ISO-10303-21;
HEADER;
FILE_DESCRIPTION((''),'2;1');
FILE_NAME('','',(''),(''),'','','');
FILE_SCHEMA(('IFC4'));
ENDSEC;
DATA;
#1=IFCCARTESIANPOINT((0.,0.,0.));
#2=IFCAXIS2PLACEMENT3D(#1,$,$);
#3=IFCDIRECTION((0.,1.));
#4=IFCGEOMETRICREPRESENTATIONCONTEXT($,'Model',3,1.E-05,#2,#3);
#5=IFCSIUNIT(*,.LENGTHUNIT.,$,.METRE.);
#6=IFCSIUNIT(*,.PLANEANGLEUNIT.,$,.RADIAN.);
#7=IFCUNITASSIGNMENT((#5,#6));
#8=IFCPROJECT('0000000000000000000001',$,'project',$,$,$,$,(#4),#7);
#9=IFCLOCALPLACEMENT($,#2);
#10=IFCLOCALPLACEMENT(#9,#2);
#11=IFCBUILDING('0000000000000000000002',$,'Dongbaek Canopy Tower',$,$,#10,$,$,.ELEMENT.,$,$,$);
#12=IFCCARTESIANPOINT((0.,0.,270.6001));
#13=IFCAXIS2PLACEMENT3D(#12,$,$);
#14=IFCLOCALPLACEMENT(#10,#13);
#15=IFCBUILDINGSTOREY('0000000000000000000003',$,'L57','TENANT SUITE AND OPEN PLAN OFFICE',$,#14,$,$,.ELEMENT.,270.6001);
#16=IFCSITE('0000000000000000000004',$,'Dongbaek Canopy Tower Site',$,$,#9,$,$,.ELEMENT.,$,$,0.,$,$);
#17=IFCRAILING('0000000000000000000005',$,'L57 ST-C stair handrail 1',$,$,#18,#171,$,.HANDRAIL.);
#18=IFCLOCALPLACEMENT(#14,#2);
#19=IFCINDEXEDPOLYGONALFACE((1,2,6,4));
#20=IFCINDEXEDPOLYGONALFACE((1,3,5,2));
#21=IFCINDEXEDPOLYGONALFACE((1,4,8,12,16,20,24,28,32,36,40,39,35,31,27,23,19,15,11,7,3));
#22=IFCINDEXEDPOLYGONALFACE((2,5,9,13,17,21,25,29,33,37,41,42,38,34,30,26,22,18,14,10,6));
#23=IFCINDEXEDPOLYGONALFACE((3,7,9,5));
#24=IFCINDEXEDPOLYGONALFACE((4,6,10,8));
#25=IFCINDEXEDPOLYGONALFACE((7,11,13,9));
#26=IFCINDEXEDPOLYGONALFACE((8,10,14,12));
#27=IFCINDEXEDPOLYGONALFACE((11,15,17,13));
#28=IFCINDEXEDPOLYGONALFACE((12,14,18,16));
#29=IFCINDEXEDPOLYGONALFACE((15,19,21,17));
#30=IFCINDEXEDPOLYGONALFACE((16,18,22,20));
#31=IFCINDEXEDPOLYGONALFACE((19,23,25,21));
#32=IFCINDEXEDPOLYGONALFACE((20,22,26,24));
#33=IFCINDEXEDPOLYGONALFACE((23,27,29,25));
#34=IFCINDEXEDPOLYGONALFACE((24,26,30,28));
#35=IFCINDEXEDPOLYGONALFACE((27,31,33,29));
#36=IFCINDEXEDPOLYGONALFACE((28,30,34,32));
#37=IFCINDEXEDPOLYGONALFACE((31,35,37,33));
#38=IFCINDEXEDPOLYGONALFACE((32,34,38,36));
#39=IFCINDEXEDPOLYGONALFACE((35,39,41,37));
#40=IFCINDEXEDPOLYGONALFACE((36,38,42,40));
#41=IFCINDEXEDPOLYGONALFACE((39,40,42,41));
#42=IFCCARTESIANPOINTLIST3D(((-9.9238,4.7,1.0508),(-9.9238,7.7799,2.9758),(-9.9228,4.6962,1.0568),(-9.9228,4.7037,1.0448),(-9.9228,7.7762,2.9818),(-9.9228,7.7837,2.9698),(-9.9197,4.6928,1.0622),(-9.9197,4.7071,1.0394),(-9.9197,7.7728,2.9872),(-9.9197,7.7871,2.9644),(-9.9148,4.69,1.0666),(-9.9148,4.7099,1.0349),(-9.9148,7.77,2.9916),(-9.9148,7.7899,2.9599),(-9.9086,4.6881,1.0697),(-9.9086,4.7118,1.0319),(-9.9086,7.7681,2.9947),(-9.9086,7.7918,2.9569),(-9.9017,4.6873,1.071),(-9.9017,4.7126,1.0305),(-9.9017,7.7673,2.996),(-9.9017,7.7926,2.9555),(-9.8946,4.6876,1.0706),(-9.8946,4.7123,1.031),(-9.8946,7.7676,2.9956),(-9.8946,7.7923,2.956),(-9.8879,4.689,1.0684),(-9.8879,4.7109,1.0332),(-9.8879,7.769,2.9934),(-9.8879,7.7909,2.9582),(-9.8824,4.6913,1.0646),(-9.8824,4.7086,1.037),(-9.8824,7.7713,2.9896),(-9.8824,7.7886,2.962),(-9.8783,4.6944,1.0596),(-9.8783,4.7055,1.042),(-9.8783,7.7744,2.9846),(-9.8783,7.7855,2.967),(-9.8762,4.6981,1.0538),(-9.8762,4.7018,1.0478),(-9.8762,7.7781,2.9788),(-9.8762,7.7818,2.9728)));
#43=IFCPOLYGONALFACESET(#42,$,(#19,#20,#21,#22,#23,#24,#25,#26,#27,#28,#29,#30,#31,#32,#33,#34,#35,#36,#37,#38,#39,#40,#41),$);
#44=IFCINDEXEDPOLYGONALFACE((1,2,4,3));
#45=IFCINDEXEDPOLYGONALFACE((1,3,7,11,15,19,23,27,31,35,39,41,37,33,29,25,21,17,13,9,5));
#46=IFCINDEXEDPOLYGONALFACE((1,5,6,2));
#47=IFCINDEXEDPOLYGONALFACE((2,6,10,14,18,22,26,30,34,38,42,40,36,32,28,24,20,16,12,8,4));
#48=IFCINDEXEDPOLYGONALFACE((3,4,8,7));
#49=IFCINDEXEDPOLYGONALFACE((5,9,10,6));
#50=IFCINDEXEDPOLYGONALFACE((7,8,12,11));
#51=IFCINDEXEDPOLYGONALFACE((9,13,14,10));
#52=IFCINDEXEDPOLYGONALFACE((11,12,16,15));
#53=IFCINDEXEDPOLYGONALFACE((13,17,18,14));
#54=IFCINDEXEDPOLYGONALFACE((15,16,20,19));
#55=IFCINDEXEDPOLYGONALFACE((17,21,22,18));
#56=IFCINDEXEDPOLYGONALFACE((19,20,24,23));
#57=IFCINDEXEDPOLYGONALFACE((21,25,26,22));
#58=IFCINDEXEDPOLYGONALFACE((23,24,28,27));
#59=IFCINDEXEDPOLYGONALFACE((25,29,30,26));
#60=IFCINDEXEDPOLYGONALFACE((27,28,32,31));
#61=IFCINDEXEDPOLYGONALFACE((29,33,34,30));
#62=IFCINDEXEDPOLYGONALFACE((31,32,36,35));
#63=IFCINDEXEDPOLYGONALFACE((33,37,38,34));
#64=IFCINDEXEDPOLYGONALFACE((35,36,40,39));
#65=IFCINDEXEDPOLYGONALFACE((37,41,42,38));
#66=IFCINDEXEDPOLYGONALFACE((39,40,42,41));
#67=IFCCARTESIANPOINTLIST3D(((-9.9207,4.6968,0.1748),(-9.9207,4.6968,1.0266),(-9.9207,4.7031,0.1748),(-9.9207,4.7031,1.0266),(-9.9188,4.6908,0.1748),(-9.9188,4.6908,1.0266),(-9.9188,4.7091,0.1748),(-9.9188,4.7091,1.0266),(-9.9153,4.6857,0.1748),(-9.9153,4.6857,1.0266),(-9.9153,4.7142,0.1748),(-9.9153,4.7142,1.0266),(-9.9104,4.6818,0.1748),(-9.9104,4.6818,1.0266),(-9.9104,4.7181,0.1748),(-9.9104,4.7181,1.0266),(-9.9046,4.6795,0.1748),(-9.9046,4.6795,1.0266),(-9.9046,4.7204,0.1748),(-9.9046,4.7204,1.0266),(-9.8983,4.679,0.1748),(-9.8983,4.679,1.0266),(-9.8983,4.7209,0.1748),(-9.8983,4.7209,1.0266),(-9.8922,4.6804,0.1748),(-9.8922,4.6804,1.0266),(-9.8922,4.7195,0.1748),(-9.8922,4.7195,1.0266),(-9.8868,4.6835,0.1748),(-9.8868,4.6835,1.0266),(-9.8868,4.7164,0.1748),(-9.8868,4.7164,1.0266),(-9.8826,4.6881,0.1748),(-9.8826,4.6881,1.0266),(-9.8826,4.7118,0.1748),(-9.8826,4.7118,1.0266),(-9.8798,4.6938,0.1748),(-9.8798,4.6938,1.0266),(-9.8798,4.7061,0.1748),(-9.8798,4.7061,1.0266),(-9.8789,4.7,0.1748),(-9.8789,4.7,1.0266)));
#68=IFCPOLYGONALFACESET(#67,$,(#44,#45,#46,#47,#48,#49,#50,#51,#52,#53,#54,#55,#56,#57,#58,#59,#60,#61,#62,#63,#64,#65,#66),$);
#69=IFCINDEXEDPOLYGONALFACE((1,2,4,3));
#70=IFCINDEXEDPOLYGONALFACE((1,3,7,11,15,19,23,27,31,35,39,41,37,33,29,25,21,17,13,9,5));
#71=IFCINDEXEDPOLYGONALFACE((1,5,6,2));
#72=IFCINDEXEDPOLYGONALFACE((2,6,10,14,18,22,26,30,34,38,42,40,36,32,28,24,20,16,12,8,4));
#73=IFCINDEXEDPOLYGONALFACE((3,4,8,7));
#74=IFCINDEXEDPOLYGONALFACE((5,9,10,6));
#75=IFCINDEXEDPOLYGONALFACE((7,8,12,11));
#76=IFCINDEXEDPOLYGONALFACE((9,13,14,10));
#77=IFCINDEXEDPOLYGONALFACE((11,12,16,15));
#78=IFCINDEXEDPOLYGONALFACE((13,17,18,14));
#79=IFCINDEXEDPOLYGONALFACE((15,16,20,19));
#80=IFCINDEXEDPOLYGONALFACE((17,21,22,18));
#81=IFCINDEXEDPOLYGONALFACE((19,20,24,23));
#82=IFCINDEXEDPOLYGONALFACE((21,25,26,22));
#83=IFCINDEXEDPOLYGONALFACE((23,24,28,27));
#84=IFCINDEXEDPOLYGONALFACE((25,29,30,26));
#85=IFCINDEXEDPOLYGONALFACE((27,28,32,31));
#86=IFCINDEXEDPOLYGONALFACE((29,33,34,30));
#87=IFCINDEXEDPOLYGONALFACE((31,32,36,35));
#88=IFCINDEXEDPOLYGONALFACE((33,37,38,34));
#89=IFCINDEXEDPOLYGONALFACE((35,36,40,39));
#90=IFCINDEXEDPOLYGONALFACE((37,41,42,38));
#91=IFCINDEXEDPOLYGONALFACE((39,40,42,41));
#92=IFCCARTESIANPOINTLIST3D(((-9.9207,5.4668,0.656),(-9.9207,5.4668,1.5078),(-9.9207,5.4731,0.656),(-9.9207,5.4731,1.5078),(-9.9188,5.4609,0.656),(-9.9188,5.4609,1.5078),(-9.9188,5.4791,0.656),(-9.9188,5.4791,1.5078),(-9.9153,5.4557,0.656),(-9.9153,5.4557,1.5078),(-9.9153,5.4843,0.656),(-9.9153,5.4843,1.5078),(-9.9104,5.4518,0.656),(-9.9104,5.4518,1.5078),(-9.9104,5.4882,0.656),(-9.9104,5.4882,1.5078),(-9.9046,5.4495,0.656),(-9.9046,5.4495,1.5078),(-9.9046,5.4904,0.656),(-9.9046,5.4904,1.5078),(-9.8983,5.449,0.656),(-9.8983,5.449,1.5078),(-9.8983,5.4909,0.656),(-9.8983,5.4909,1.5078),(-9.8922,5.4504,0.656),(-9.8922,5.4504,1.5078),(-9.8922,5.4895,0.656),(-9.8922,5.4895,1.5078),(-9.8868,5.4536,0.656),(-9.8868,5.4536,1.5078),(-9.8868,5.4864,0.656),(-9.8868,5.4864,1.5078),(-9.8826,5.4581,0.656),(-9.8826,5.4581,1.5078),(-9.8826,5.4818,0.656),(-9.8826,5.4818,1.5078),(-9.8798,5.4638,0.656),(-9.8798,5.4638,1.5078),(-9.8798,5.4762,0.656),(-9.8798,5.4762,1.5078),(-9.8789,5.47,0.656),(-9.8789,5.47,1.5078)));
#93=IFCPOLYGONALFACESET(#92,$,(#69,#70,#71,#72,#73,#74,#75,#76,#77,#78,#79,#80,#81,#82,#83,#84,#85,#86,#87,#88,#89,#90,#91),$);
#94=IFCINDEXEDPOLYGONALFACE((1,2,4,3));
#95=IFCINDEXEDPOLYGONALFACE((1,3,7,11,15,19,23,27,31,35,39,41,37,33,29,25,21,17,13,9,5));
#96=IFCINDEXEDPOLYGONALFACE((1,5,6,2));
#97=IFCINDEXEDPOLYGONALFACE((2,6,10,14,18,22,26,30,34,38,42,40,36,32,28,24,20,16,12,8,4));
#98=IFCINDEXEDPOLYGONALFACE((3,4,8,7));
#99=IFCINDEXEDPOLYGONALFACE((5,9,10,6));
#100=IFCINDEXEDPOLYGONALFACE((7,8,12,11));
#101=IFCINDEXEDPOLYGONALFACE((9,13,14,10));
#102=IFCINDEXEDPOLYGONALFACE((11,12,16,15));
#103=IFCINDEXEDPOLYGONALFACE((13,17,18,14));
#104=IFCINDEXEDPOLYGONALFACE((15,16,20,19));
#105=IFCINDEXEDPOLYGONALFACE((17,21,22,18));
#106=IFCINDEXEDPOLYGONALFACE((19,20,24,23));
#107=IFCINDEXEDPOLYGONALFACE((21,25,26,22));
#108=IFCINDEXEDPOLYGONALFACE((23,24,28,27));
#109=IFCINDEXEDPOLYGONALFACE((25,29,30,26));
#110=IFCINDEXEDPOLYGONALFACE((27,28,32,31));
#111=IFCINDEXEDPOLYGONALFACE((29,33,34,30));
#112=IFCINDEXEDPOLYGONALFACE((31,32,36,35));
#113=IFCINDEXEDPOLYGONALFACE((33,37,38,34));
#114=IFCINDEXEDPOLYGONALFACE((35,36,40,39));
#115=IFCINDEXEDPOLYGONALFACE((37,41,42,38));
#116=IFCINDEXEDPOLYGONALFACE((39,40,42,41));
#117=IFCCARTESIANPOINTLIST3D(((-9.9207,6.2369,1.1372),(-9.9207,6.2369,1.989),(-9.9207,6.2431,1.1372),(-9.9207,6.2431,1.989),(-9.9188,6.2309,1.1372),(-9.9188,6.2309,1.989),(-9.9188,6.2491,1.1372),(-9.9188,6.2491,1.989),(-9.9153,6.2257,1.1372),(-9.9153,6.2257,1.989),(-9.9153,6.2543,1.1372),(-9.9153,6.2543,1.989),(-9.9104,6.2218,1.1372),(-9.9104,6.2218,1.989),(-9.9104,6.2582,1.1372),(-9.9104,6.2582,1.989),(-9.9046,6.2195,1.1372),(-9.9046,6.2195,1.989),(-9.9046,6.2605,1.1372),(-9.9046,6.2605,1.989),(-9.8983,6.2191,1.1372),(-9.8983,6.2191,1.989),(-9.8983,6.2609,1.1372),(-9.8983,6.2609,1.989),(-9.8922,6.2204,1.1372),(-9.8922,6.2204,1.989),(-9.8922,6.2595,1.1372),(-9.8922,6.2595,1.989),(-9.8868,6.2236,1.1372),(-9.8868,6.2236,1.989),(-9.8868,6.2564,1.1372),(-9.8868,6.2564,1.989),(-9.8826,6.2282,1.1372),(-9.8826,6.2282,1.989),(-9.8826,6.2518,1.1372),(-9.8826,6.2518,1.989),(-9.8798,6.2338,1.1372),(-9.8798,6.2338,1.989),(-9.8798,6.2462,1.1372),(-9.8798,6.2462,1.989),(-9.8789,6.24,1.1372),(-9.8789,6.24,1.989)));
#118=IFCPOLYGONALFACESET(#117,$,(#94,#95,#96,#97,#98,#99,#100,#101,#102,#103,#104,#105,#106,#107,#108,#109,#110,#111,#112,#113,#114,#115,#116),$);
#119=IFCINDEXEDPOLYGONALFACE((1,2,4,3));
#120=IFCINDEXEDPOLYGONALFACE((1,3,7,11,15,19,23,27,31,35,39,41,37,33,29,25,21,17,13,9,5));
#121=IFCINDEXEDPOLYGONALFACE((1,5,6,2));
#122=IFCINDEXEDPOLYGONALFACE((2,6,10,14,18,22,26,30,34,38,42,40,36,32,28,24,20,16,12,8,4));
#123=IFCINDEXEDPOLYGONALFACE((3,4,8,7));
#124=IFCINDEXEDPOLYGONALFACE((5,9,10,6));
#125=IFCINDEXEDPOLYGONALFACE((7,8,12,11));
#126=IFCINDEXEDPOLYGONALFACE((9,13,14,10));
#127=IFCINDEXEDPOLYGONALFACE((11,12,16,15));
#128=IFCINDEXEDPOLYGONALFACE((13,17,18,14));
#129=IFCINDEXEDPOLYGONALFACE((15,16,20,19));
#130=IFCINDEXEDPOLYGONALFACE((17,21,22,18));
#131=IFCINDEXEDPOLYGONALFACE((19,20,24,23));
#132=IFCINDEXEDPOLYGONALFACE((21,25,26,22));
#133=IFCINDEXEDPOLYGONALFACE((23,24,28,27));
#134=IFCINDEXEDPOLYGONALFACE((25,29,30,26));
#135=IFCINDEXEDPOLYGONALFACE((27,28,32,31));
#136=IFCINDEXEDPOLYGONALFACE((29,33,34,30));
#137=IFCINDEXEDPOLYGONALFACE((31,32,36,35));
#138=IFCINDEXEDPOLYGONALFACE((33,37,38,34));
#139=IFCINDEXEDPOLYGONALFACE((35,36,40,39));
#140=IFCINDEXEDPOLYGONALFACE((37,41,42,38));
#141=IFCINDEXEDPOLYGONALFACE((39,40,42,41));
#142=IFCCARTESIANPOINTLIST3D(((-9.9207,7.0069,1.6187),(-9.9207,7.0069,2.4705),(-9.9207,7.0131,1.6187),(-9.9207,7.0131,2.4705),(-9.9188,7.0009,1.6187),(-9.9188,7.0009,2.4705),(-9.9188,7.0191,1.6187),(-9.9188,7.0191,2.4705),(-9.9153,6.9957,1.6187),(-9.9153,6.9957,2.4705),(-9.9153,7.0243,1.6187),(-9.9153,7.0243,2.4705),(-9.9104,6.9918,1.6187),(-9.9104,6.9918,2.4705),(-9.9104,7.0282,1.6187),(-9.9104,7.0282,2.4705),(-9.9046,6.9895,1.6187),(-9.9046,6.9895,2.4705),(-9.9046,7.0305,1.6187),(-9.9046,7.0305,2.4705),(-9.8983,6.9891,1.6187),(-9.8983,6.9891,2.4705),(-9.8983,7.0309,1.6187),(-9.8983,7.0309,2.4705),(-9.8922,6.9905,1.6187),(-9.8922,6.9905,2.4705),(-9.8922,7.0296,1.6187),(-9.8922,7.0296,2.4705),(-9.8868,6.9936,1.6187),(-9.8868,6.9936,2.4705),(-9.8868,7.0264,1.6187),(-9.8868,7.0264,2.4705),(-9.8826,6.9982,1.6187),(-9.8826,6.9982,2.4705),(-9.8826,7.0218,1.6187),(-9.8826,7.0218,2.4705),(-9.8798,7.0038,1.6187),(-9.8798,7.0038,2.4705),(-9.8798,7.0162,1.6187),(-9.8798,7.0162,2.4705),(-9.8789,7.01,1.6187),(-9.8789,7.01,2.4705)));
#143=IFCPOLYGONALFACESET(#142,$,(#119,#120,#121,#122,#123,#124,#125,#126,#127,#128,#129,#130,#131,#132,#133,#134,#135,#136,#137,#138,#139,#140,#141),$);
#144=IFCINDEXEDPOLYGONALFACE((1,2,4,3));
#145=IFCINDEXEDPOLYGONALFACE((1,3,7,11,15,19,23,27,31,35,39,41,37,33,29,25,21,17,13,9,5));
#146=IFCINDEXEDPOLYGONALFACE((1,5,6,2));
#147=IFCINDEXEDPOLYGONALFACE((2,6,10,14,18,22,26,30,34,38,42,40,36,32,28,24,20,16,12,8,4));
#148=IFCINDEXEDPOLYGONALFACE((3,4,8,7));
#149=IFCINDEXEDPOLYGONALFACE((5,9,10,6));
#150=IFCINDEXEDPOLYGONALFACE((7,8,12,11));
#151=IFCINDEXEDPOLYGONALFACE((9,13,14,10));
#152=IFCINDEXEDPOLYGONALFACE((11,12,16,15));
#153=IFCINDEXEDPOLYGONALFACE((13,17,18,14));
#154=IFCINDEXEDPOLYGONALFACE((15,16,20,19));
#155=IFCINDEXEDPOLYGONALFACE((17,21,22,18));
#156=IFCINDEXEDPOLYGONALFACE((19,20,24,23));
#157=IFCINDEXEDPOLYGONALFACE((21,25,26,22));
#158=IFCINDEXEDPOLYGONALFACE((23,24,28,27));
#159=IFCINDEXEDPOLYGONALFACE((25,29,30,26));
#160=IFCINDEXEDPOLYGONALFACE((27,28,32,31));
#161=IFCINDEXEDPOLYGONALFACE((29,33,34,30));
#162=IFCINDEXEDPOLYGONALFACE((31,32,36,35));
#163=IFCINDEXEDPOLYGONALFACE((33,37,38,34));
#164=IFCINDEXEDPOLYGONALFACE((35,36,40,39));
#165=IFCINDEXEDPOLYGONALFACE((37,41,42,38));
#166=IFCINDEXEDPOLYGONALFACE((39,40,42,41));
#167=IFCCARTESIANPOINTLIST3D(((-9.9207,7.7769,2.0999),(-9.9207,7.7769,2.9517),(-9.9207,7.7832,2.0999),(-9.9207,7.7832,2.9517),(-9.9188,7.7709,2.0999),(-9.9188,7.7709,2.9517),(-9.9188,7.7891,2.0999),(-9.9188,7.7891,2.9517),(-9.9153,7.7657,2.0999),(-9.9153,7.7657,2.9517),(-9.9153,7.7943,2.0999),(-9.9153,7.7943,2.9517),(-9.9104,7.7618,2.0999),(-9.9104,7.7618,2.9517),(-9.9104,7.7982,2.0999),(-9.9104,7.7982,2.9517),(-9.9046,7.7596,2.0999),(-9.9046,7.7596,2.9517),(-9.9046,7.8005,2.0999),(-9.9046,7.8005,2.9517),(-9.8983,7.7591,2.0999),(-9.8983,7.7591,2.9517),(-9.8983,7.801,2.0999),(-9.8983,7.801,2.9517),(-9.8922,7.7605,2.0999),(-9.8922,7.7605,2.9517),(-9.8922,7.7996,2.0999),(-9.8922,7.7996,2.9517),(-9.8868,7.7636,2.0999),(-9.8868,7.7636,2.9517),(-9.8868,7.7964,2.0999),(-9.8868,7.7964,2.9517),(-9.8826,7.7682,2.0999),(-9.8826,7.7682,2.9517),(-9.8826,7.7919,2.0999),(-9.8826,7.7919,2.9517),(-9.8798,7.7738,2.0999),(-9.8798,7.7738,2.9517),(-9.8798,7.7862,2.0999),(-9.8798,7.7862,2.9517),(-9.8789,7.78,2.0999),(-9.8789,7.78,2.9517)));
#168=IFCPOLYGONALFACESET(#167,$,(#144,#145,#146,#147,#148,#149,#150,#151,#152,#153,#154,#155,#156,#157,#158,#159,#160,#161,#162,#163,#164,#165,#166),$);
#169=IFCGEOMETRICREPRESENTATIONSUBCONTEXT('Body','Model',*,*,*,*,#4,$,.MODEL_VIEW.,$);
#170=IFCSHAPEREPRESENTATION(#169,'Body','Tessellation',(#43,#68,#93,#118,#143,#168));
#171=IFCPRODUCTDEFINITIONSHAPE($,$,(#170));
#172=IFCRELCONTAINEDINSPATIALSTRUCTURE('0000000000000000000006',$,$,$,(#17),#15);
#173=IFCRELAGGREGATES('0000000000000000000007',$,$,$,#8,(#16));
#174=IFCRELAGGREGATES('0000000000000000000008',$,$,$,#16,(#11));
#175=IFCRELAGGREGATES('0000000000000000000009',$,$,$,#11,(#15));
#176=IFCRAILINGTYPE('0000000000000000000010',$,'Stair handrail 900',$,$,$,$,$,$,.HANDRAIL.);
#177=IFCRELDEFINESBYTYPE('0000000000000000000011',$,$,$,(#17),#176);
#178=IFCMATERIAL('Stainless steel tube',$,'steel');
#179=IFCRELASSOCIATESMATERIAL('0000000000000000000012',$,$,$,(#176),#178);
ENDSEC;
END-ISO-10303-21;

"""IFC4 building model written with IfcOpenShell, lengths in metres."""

from ifc_helpers import new_model, si_unit, direction, frame, origin, origin_2d, place, context, subcontext, project, spatial, circle, extrude, material, type_object, element, save


model = new_model("IFC4")

# Units and contexts
model_context = context("Model", 3, precision=1e-05, world=origin(), true_north=direction((0.0, 1.0)))
body_context = subcontext(model_context, "Body", "Model", "MODEL_VIEW")
ifc_project = project(units=[si_unit("LENGTHUNIT", "METRE"), si_unit("PLANEANGLEUNIT", "RADIAN")], contexts=[model_context])

# Site, building, storey
site_placement = place(None, origin())
site = spatial("IfcSite", under=ifc_project, at=site_placement, Name="Dongbaek Canopy Tower Site", CompositionType="ELEMENT", RefElevation=0.0)
building_placement = place(site_placement, origin())
building = spatial("IfcBuilding", under=site, at=building_placement, Name="Dongbaek Canopy Tower", CompositionType="ELEMENT")
storey_placement = place(building_placement, frame((0.0, 0.0, 270.6001)))
storey = spatial("IfcBuildingStorey", under=building, at=storey_placement, Name="L57", Description="TENANT SUITE AND OPEN PLAN OFFICE", CompositionType="ELEMENT", Elevation=270.6001)

# Railing
ifc_material_1 = material(Name="Stainless steel tube", Category="steel")
railing_type_1 = type_object("IfcRailingType", Name="Stair handrail 900", PredefinedType="HANDRAIL", material=ifc_material_1)
railing_1_placement = place(storey_placement, frame((-9.8999, 4.7, 0.1748)))
element("IfcRailing", 1, at=railing_1_placement, inside=storey, type_object=railing_type_1, Name="L57 ST-C stair handrail 1", PredefinedType="HANDRAIL", context=body_context, shape_type="SweptSolid", body=[
    extrude(circle(Radius=0.0239, at=origin_2d()), frame((0.0, 0.0, 0.876), z_axis=(0.0, 0.847998, 0.529999), x_axis=(-1.0, 0.0, 0.0)), (0.0, 0.0, 1.0), 3.6321),
    extrude(circle(Radius=0.021, at=origin_2d()), origin(), (0.0, 0.0, 1.0), 0.8518),
    extrude(circle(Radius=0.021, at=origin_2d()), frame((0.0, 0.77, 0.4812)), (0.0, 0.0, 1.0), 0.8518),
    extrude(circle(Radius=0.021, at=origin_2d()), frame((0.0, 1.54, 0.9624)), (0.0, 0.0, 1.0), 0.8518),
    extrude(circle(Radius=0.021, at=origin_2d()), frame((0.0, 2.3101, 1.4438)), (0.0, 0.0, 1.0), 0.8518),
    extrude(circle(Radius=0.021, at=origin_2d()), frame((0.0, 3.0801, 1.925)), (0.0, 0.0, 1.0), 0.8518),
])

save(model, "model.ifc")
